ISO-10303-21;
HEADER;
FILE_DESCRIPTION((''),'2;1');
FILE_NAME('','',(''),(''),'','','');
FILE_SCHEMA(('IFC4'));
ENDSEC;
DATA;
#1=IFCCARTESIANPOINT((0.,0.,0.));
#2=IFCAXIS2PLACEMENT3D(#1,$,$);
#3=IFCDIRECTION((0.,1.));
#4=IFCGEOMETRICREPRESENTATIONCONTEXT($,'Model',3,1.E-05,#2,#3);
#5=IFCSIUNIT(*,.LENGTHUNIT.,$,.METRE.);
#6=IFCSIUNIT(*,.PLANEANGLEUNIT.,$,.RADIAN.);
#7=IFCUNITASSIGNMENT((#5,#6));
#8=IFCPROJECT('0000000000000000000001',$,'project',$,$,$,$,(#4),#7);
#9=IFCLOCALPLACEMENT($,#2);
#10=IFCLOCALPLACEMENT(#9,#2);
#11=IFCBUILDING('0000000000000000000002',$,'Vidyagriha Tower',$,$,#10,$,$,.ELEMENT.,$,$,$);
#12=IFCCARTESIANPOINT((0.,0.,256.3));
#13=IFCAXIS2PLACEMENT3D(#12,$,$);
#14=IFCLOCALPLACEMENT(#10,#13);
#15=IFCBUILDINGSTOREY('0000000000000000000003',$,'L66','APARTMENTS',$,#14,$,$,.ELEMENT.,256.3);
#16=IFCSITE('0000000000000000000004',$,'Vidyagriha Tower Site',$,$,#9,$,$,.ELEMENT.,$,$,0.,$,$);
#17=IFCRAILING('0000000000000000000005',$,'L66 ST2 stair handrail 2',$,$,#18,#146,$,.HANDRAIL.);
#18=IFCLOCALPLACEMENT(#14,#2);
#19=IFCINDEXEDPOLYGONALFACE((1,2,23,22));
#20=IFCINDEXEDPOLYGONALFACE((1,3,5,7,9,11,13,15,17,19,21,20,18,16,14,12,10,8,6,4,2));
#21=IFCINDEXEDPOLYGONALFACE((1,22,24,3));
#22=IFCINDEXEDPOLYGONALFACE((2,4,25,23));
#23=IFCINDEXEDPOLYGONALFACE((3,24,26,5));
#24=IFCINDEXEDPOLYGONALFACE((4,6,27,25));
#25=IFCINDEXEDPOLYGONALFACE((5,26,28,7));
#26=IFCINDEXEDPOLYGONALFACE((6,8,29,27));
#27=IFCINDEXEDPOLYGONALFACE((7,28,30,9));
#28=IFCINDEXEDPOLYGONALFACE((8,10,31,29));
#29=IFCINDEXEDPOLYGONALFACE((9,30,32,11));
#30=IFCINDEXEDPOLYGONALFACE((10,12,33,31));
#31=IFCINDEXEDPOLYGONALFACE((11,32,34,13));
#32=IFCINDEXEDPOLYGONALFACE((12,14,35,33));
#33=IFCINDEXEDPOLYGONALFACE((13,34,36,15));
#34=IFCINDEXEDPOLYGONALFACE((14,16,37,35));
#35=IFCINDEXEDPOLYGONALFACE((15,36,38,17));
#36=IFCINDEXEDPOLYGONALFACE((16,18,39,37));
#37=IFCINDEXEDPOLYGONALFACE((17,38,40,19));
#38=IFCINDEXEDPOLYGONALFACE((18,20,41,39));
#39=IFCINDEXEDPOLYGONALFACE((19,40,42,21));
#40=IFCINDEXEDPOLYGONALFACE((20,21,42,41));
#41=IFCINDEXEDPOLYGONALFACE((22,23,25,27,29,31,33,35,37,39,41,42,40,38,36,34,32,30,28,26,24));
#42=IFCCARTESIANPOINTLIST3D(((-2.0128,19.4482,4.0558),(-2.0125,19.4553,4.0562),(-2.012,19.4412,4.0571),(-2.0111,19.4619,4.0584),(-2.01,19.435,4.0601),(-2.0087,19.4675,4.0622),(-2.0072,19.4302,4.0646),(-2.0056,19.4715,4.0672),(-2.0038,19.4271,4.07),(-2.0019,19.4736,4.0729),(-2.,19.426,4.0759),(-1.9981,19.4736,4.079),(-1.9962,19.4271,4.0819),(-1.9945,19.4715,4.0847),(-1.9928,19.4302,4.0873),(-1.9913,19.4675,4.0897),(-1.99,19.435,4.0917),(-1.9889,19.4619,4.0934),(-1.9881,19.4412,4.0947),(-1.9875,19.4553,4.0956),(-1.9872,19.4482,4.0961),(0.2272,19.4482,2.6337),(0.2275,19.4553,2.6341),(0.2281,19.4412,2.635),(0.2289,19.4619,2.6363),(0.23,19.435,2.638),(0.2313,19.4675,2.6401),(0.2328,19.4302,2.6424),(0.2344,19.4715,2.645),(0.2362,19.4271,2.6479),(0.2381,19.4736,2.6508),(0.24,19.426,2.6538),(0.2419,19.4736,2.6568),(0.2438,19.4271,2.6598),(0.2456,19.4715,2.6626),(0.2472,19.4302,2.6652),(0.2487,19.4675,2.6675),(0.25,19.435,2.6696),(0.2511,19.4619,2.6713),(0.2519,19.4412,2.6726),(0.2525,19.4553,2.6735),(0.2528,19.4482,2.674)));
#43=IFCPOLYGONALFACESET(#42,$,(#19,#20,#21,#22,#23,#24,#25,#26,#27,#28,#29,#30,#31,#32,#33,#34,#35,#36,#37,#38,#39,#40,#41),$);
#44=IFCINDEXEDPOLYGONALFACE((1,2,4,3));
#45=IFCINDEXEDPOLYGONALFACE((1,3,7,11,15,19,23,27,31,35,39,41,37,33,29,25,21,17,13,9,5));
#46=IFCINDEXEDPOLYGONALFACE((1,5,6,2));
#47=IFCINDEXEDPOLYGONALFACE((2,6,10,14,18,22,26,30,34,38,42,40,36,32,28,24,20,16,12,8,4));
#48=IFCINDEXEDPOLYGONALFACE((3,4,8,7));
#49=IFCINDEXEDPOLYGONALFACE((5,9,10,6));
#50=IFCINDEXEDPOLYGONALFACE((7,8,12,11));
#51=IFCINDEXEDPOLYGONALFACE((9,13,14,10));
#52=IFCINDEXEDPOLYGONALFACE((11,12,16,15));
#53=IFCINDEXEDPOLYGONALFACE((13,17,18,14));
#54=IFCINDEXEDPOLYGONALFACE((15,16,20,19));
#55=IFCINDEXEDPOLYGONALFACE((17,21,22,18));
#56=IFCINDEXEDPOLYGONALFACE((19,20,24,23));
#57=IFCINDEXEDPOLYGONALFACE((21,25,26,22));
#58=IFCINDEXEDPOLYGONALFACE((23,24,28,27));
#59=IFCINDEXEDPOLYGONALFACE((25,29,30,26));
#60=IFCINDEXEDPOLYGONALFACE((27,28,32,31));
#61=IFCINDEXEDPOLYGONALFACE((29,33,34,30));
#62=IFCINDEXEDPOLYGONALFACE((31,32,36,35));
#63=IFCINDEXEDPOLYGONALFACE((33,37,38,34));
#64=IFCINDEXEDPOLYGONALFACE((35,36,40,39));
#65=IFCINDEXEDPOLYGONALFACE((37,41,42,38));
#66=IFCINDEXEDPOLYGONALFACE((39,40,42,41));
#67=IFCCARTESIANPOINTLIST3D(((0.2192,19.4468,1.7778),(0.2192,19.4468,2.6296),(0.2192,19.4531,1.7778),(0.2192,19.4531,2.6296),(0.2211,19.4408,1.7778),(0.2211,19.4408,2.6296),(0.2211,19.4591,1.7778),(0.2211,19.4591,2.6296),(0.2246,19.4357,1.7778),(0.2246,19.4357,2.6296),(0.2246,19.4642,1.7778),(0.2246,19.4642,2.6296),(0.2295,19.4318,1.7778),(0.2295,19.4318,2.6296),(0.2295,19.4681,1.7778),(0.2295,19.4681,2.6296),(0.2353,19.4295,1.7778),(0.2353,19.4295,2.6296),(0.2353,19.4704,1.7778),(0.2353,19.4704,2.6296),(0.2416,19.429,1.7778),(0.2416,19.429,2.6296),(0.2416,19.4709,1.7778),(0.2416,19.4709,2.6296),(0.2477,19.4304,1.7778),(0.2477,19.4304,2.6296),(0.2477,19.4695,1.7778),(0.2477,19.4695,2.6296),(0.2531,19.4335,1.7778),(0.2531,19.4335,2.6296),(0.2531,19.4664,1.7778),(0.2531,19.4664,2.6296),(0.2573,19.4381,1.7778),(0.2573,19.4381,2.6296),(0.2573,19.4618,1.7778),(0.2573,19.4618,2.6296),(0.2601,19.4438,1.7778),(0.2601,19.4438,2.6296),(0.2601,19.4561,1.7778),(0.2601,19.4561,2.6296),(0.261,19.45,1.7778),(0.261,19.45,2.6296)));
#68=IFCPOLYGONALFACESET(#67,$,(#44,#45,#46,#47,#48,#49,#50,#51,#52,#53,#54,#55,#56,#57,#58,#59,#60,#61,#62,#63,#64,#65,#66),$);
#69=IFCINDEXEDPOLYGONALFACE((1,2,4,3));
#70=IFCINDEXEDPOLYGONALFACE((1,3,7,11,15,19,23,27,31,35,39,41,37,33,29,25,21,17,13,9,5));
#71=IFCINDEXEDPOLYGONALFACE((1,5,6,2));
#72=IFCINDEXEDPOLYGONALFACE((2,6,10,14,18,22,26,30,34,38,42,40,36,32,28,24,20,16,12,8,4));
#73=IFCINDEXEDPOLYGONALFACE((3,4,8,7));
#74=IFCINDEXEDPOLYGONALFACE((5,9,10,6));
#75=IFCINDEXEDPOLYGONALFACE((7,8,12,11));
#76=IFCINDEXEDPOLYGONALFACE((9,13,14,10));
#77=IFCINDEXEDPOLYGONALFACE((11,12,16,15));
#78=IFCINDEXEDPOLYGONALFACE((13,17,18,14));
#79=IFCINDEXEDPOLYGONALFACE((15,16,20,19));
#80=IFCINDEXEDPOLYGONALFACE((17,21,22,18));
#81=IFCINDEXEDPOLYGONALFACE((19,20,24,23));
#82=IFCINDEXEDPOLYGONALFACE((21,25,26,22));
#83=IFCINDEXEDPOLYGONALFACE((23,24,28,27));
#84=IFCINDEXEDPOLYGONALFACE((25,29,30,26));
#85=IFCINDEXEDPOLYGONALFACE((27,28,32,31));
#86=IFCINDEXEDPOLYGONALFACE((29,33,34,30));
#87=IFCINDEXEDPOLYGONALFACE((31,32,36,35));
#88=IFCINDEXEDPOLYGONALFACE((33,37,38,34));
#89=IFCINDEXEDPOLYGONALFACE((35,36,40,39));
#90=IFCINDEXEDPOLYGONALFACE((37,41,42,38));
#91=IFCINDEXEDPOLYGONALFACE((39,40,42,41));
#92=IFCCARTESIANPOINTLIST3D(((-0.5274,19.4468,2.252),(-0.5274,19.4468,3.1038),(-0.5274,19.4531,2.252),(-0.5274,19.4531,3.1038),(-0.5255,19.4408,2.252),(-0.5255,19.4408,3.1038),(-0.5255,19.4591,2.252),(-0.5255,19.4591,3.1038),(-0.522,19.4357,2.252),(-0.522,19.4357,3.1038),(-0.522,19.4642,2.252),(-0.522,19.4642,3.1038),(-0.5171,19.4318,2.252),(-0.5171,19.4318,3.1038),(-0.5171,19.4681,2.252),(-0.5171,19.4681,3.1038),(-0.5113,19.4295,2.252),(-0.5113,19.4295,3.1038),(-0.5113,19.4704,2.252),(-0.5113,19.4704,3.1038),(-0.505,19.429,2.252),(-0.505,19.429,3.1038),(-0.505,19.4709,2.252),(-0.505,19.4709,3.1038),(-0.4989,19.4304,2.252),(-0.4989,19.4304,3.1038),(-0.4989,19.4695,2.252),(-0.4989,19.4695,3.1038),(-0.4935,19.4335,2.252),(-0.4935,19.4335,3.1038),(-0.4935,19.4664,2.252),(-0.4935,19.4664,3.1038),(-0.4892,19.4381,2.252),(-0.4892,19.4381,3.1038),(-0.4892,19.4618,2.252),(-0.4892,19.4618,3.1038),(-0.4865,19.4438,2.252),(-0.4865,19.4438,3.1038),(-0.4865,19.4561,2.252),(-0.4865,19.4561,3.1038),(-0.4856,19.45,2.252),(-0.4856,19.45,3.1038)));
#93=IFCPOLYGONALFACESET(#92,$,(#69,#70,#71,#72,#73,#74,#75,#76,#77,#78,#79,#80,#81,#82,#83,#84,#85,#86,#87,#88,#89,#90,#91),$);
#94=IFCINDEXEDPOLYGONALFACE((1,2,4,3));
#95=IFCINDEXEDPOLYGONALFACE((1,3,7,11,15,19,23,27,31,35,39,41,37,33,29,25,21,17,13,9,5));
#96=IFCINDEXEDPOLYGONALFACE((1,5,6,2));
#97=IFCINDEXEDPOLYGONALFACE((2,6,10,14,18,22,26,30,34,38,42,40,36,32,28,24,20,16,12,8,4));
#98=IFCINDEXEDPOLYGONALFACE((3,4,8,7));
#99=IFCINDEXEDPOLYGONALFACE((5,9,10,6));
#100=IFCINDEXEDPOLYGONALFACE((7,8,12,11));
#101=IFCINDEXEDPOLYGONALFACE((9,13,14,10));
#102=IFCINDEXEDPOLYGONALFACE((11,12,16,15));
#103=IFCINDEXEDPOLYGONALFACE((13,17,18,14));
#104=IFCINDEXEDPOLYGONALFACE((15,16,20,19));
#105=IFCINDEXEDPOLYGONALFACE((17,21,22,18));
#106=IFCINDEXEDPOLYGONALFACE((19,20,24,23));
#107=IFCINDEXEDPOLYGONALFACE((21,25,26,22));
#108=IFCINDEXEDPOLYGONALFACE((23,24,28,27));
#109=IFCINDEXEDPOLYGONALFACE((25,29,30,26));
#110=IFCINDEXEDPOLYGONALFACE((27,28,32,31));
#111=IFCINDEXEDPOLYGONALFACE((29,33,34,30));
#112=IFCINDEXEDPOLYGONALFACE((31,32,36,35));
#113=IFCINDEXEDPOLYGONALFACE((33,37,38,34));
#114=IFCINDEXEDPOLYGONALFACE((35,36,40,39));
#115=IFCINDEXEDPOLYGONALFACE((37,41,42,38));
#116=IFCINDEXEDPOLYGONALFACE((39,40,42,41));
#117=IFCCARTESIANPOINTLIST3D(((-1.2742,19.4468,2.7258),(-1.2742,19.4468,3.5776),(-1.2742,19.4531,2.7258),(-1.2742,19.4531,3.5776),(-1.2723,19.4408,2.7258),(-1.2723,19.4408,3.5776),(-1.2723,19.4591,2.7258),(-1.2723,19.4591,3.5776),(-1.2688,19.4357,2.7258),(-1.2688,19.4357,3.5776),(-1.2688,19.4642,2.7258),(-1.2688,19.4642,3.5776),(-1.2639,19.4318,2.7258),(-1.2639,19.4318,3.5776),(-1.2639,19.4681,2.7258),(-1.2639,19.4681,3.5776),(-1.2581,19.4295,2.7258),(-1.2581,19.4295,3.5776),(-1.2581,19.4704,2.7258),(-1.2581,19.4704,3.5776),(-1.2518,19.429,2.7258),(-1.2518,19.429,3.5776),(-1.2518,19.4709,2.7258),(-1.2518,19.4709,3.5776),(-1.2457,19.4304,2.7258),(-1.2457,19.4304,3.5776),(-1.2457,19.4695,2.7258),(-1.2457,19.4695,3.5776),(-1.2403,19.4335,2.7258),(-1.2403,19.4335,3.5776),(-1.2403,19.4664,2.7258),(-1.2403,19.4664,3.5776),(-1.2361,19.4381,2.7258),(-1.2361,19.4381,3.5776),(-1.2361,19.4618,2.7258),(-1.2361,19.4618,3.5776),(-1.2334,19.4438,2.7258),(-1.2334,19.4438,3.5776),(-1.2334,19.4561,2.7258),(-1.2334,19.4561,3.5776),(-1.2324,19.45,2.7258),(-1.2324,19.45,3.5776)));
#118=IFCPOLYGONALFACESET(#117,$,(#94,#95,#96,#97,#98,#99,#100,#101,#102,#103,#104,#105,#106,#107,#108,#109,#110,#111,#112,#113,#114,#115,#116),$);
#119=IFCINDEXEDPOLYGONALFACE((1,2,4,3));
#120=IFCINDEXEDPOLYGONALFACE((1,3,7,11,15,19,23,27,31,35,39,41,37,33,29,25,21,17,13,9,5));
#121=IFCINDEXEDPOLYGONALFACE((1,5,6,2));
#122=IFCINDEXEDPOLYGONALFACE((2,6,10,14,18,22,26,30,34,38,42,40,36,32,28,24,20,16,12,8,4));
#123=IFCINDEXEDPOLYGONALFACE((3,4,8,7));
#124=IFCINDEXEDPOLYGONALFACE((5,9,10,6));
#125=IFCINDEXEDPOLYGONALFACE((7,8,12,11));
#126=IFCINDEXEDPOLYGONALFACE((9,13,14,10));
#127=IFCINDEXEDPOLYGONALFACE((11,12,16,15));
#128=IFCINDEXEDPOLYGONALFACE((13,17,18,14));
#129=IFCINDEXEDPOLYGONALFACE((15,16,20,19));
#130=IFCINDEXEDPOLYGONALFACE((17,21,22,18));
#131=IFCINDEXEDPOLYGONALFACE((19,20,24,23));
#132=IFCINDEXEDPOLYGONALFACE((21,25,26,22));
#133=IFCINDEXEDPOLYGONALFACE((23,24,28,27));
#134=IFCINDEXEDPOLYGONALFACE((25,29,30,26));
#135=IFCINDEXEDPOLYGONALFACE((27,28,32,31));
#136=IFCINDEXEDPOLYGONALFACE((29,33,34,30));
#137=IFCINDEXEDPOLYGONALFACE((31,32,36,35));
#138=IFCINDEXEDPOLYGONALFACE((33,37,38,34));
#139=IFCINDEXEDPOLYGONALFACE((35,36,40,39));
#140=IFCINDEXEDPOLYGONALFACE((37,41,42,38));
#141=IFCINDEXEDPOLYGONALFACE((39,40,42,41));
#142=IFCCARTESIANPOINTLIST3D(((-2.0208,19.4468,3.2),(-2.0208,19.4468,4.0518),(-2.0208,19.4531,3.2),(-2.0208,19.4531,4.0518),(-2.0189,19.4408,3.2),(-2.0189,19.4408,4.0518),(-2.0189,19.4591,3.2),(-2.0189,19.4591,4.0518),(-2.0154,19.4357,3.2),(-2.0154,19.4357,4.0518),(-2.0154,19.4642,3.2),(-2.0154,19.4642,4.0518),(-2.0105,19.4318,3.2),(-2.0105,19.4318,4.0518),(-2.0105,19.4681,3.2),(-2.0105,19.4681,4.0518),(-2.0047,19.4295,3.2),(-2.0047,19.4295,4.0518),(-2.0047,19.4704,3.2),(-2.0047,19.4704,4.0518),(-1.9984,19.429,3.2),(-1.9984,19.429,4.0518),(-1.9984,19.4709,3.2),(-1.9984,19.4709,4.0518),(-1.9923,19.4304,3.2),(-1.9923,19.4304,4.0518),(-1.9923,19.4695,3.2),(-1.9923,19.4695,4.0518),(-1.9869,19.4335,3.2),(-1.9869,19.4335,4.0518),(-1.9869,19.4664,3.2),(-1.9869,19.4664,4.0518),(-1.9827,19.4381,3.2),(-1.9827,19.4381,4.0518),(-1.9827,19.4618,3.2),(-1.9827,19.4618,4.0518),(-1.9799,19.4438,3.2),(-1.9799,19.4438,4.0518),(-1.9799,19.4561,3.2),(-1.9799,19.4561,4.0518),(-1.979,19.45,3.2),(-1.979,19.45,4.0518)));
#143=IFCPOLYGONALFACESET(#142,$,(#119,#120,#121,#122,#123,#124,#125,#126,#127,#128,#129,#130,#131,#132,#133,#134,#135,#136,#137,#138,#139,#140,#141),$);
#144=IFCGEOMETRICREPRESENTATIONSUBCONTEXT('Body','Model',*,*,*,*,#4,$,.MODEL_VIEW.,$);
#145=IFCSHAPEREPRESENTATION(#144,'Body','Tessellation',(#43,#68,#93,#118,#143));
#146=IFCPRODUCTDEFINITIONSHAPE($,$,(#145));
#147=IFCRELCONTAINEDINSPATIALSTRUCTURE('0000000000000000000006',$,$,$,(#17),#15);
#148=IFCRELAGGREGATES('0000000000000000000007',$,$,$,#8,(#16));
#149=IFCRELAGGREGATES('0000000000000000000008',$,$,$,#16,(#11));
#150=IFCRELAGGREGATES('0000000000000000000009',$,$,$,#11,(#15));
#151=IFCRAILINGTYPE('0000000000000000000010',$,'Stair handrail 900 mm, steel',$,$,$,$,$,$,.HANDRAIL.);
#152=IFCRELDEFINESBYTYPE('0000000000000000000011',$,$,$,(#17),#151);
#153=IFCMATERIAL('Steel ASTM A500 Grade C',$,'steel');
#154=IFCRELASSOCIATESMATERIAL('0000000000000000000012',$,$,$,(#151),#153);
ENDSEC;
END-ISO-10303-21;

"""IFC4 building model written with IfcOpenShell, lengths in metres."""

from ifc_helpers import new_model, si_unit, direction, frame, origin, origin_2d, place, context, subcontext, project, spatial, circle, extrude, material, type_object, element, save


model = new_model("IFC4")

# Units and contexts
model_context = context("Model", 3, precision=1e-05, world=origin(), true_north=direction((0.0, 1.0)))
body_context = subcontext(model_context, "Body", "Model", "MODEL_VIEW")
ifc_project = project(units=[si_unit("LENGTHUNIT", "METRE"), si_unit("PLANEANGLEUNIT", "RADIAN")], contexts=[model_context])

# Site, building, storey
site_placement = place(None, origin())
site = spatial("IfcSite", under=ifc_project, at=site_placement, Name="Vidyagriha Tower Site", CompositionType="ELEMENT", RefElevation=0.0)
building_placement = place(site_placement, origin())
building = spatial("IfcBuilding", under=site, at=building_placement, Name="Vidyagriha Tower", CompositionType="ELEMENT")
storey_placement = place(building_placement, frame((0.0, 0.0, 256.3)))
storey = spatial("IfcBuildingStorey", under=building, at=storey_placement, Name="L66", Description="APARTMENTS", CompositionType="ELEMENT", Elevation=256.3)

# Railing
ifc_material_1 = material(Name="Steel ASTM A500 Grade C", Category="steel")
railing_type_1 = type_object("IfcRailingType", Name="Stair handrail 900 mm, steel", PredefinedType="HANDRAIL", material=ifc_material_1)
railing_1_placement = place(storey_placement, frame((0.24, 19.45, 1.7778)))
element("IfcRailing", 1, at=railing_1_placement, inside=storey, type_object=railing_type_1, Name="L66 ST2 stair handrail 2", PredefinedType="HANDRAIL", context=body_context, shape_type="SweptSolid", body=[
    extrude(circle(Radius=0.0239, at=origin_2d()), frame((0.0, 0.0, 0.876), z_axis=(-0.844229, 0.0, 0.535982), x_axis=(0.0, -1.0, 0.0)), (0.0, 0.0, 1.0), 2.6533),
    extrude(circle(Radius=0.021, at=origin_2d()), origin(), (0.0, 0.0, 1.0), 0.8518),
    extrude(circle(Radius=0.021, at=origin_2d()), frame((-0.7466, 0.0, 0.4741)), (0.0, 0.0, 1.0), 0.8518),
    extrude(circle(Radius=0.021, at=origin_2d()), frame((-1.4934, 0.0, 0.948)), (0.0, 0.0, 1.0), 0.8518),
    extrude(circle(Radius=0.021, at=origin_2d()), frame((-2.24, 0.0, 1.4221)), (0.0, 0.0, 1.0), 0.8518),
])

save(model, "model.ifc")
